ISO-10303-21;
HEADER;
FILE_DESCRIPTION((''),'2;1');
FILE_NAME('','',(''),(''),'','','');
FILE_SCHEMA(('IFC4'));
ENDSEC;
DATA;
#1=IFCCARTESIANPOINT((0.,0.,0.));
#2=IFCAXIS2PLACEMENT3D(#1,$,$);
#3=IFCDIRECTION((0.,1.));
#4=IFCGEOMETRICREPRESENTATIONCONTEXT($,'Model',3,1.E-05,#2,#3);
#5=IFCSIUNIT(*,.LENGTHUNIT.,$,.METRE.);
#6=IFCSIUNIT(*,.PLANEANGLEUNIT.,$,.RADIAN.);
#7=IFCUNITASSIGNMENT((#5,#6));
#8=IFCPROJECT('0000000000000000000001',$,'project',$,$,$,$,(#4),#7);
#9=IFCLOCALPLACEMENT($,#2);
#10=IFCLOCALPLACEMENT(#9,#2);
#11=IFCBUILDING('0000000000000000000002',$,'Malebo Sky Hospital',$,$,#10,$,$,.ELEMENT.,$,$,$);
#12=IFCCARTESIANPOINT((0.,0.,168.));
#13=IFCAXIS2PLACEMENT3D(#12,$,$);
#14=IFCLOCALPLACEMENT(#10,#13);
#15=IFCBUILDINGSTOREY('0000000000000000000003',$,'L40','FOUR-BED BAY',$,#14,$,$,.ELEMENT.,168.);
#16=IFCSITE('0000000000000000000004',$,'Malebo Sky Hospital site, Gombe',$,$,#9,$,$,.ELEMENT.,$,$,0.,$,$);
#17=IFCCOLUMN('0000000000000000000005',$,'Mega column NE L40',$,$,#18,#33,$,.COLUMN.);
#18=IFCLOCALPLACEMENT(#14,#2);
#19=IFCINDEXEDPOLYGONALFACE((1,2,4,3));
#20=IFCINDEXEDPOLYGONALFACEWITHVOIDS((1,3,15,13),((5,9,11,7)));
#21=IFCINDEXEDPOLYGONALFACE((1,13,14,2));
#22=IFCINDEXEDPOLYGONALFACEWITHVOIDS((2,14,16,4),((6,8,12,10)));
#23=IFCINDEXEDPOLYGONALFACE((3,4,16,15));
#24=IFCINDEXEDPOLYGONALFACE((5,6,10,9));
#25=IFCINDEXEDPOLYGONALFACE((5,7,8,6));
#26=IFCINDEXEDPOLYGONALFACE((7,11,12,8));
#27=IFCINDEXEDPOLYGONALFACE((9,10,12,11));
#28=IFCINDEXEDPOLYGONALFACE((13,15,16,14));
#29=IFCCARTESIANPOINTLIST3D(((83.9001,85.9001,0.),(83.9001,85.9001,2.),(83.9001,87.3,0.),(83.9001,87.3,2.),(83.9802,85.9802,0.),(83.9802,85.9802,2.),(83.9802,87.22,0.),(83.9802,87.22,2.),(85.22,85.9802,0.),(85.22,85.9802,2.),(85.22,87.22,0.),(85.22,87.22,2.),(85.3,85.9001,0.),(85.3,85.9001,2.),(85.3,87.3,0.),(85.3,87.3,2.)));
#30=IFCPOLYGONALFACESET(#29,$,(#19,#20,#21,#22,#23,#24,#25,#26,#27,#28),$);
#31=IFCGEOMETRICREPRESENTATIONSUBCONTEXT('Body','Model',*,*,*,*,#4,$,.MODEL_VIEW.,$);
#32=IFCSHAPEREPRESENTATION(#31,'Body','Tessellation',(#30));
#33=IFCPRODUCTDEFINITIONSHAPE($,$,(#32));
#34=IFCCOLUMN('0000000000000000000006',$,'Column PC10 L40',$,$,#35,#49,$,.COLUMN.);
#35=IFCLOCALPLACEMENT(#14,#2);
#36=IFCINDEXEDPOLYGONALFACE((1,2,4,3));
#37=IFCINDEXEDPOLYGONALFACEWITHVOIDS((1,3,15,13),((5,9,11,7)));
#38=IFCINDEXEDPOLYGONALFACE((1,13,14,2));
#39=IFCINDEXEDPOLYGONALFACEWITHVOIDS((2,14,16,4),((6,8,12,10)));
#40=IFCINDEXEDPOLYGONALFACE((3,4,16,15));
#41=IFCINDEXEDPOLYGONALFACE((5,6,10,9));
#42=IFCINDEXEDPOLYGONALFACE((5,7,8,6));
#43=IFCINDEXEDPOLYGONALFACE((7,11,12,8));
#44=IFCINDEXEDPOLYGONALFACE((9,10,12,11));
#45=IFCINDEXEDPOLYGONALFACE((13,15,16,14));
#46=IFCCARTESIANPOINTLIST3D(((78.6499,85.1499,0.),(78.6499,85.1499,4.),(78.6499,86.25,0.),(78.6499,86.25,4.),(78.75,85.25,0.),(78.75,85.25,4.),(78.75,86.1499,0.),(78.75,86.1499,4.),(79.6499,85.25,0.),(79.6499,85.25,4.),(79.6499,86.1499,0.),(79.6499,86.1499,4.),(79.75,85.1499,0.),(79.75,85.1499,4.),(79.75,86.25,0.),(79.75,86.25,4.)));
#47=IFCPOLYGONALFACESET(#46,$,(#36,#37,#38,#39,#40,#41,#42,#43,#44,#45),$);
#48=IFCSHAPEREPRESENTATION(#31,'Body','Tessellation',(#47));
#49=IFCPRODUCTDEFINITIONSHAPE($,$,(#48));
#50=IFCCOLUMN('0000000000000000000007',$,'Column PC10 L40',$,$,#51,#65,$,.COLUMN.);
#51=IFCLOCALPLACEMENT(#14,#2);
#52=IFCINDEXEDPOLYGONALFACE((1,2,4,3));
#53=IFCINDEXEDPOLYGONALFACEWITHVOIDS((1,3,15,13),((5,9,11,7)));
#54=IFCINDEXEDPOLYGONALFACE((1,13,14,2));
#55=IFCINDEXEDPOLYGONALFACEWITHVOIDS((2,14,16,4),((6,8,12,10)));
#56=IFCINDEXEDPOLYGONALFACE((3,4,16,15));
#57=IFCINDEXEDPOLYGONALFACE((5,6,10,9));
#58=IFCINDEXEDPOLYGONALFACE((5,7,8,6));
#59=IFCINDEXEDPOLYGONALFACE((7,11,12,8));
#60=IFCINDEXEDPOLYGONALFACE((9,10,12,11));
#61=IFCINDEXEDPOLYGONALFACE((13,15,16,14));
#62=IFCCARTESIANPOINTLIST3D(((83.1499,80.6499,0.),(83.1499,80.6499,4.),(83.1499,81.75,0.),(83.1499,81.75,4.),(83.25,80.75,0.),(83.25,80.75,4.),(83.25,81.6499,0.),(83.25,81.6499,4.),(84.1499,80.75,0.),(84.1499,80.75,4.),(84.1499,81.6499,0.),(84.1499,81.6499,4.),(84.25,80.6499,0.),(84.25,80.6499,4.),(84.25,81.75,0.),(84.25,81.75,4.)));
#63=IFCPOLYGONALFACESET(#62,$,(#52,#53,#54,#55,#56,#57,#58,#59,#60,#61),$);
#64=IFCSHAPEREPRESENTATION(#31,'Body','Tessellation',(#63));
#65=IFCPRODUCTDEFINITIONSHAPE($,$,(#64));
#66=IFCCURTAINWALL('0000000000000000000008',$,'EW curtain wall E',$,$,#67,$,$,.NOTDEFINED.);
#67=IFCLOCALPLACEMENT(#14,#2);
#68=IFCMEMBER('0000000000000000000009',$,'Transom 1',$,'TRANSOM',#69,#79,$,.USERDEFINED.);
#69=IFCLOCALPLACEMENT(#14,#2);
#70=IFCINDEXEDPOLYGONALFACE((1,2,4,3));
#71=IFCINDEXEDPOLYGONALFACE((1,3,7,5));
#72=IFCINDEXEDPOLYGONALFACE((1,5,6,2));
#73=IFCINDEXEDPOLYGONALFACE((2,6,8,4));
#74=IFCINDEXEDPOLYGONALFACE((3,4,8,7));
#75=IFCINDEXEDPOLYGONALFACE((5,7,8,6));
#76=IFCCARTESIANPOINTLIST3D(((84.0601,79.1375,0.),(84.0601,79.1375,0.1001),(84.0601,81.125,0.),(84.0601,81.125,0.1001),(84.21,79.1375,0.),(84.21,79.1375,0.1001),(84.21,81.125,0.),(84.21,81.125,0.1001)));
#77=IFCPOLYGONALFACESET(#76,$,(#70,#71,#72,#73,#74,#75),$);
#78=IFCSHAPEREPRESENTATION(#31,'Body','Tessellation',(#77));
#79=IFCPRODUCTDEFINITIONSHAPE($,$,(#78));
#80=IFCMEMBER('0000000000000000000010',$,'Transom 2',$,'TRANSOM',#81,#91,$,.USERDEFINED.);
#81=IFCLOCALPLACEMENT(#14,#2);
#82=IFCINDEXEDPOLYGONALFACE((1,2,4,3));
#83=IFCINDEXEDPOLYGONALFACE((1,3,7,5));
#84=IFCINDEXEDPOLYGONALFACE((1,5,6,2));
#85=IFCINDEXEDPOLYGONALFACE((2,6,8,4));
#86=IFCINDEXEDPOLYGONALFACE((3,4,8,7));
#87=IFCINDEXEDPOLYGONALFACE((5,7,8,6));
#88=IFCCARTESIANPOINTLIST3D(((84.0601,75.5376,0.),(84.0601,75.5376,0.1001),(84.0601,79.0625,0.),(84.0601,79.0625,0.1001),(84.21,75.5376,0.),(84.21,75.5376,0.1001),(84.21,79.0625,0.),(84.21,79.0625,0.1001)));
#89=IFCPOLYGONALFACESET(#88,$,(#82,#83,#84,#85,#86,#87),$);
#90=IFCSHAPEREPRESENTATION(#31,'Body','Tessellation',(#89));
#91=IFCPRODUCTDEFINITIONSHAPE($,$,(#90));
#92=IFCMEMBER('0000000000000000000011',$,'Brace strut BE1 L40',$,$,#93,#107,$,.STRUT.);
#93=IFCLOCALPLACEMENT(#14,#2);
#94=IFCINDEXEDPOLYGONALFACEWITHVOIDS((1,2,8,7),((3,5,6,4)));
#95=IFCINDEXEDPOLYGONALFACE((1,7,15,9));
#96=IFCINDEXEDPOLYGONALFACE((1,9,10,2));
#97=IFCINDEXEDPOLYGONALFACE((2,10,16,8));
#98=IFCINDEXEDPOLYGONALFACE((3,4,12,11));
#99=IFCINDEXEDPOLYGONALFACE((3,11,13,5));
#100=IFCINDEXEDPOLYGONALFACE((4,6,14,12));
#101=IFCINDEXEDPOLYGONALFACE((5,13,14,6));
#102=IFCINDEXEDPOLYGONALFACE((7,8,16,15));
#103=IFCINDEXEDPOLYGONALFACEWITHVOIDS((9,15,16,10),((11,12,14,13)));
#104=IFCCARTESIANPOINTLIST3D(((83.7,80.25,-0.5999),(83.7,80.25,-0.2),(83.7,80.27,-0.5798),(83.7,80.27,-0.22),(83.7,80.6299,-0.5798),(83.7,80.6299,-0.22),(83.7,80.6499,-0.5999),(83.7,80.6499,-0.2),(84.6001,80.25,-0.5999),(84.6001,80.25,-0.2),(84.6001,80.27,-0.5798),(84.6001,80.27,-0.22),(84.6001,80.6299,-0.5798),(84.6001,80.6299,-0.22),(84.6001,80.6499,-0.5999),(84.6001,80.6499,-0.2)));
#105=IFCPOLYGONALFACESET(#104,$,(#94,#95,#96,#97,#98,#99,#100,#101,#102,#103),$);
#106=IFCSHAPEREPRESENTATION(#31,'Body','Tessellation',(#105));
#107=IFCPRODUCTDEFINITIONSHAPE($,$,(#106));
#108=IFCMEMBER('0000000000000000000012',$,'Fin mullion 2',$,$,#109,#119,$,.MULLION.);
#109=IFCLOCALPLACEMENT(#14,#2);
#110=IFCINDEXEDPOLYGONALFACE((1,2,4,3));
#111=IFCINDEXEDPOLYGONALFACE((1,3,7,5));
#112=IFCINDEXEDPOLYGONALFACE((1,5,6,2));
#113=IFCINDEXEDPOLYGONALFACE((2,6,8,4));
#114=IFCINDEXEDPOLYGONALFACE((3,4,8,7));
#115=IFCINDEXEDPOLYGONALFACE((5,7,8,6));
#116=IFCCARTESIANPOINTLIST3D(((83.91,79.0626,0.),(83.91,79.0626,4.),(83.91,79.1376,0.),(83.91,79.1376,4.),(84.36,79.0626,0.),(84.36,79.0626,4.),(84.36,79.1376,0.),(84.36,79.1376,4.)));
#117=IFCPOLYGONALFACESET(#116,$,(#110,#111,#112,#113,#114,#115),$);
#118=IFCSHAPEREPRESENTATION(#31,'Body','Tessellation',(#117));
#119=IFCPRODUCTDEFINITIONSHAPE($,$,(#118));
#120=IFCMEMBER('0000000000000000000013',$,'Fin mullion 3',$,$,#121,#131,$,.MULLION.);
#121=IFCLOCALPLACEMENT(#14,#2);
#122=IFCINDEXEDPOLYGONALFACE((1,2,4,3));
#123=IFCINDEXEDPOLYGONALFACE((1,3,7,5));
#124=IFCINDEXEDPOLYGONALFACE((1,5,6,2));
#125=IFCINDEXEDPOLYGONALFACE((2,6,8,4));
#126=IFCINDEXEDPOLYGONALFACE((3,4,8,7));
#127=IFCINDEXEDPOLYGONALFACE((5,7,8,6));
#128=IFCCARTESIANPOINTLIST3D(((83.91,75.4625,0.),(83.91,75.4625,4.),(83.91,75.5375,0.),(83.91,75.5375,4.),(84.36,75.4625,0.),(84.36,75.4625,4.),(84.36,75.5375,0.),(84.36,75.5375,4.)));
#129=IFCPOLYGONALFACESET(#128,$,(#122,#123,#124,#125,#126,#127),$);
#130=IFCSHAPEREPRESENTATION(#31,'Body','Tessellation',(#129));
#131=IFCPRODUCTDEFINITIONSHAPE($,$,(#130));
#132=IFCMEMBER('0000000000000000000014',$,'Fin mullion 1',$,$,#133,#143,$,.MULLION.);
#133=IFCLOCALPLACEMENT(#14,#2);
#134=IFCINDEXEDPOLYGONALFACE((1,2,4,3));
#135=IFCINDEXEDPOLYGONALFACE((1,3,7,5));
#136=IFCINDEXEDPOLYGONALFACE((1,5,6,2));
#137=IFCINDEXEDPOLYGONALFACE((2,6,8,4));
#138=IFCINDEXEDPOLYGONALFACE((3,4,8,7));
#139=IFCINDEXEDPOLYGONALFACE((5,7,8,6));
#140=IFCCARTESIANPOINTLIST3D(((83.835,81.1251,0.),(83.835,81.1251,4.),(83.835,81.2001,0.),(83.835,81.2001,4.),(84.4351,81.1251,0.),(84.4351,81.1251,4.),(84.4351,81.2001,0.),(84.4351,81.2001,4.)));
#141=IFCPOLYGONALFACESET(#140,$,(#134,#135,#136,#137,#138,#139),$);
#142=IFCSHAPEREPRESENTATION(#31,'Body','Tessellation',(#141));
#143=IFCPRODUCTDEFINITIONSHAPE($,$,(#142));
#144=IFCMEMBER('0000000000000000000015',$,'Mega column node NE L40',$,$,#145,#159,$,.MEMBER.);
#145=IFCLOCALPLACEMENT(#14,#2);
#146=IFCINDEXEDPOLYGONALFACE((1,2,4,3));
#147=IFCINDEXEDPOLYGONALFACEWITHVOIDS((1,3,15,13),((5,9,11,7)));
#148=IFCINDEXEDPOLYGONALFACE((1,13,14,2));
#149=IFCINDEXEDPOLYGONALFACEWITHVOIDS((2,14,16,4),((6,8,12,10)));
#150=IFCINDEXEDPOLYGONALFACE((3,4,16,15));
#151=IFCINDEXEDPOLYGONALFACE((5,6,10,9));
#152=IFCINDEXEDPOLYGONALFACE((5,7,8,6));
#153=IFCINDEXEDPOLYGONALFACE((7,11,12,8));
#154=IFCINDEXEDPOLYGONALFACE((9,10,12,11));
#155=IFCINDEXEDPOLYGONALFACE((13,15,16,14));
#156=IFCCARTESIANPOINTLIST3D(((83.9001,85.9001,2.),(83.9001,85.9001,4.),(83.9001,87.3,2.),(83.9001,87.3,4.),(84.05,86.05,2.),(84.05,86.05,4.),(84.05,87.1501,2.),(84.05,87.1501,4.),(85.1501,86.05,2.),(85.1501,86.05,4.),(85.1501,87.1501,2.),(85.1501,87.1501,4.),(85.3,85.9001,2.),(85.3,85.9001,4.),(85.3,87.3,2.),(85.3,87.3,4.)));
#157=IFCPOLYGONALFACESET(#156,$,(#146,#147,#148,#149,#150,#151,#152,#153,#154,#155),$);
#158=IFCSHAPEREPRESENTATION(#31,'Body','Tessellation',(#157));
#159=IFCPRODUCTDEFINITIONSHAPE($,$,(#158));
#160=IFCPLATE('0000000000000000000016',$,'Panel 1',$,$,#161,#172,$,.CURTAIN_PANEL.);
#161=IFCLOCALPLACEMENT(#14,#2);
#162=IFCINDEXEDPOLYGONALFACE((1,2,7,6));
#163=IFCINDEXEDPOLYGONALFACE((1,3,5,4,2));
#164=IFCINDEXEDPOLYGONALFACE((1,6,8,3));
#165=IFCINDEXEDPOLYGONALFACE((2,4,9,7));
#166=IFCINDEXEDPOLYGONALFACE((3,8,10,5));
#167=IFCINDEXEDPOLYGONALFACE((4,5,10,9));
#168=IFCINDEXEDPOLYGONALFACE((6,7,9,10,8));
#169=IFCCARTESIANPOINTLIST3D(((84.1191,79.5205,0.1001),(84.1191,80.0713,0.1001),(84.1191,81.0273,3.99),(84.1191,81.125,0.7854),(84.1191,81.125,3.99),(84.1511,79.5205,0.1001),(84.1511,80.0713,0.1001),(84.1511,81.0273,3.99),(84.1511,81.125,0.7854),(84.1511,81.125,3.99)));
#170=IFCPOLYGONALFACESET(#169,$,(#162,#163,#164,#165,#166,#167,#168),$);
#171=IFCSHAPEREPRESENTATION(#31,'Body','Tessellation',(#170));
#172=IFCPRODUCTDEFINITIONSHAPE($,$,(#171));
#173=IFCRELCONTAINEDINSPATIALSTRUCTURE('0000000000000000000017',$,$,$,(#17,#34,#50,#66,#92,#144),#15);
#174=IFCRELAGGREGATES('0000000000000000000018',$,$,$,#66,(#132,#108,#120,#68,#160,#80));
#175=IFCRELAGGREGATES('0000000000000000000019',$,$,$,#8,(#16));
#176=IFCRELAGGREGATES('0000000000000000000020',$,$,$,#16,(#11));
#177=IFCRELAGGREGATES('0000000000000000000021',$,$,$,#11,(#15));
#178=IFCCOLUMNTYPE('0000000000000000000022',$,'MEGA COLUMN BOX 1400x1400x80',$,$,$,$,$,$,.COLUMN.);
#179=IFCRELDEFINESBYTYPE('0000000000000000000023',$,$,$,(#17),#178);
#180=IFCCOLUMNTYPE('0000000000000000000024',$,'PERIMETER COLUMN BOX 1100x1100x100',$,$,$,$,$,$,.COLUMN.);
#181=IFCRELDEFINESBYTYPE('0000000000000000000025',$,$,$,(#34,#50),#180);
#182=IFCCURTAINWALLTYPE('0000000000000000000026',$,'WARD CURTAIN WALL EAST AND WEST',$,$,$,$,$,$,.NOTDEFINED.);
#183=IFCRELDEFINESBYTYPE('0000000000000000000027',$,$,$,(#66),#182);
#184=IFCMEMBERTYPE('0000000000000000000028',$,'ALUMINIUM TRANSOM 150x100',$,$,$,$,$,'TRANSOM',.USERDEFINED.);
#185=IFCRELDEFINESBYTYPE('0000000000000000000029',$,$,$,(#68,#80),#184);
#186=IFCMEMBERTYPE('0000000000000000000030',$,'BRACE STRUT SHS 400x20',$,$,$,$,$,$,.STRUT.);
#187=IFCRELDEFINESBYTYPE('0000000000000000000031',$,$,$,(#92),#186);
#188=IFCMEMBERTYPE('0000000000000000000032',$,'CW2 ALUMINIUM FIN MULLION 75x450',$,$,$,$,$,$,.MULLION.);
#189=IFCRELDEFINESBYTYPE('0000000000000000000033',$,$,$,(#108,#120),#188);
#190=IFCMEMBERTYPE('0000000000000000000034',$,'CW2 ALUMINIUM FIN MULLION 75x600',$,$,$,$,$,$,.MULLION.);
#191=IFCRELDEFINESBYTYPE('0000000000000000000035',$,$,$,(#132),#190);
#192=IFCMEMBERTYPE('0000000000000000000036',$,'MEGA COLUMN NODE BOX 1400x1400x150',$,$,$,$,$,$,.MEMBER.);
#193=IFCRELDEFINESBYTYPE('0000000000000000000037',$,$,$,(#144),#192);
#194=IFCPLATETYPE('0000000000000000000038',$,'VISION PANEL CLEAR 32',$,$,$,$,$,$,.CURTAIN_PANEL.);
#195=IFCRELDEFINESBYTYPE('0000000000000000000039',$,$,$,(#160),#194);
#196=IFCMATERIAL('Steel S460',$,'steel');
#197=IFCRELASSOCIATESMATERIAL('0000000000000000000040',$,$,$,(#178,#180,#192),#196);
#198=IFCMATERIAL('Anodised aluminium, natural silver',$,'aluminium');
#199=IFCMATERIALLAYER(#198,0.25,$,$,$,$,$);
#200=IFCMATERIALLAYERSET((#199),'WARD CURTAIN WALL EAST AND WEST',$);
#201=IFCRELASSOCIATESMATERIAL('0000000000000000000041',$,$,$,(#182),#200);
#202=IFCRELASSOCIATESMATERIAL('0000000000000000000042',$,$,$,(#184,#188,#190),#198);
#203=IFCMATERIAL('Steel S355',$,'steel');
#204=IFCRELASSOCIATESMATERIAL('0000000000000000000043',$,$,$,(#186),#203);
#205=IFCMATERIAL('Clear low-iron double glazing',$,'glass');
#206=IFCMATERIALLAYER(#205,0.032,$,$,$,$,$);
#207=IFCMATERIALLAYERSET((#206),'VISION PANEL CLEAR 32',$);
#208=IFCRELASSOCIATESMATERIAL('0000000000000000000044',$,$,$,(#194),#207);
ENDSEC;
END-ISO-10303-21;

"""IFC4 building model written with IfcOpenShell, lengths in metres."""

from ifc_helpers import new_model, si_unit, direction, frame, origin, origin_2d, place, context, subcontext, project, spatial, polyline, rectangle, hollow_rectangle, outline, extrude, material, layer, layer_set, material_profile, profile_set, type_object, element, aggregate, save


model = new_model("IFC4")

# Units and contexts
model_context = context("Model", 3, precision=1e-05, world=origin(), true_north=direction((0.0, 1.0)))
body_context = subcontext(model_context, "Body", "Model", "MODEL_VIEW")
ifc_project = project(units=[si_unit("LENGTHUNIT", "METRE"), si_unit("PLANEANGLEUNIT", "RADIAN")], contexts=[model_context])

# Site, building, storey
site_placement = place(None, origin())
site = spatial("IfcSite", under=ifc_project, at=site_placement, Name="Malebo Sky Hospital site, Gombe", CompositionType="ELEMENT", RefElevation=0.0)
building_placement = place(site_placement, origin())
building = spatial("IfcBuilding", under=site, at=building_placement, Name="Malebo Sky Hospital", CompositionType="ELEMENT")
storey_placement = place(building_placement, frame((0.0, 0.0, 168.0)))
storey = spatial("IfcBuildingStorey", under=building, at=storey_placement, Name="L40", Description="FOUR-BED BAY", CompositionType="ELEMENT", Elevation=168.0)

# Columns
ifc_material_1 = material(Name="Steel S460", Category="steel")
ifc_material_profile_1 = material_profile(ifc_material_1, hollow_rectangle(XDim=1.3999, YDim=1.3999, WallThickness=0.0801, at=origin_2d()), Name="BOX 1400x1400x80")
ifc_profile_set_1 = profile_set([ifc_material_profile_1], Name="Steel S460")
column_type_1 = type_object("IfcColumnType", Name="MEGA COLUMN BOX 1400x1400x80", PredefinedType="COLUMN", material=ifc_profile_set_1)
column_placement = place(storey_placement, frame((84.6001, 86.6001, 0.0), z_axis=(0.0, 0.0, 1.0), x_axis=(1.0, 0.0, 0.0)))
element("IfcColumn", 1, at=column_placement, inside=storey, type_object=column_type_1, Name="Mega column NE L40", PredefinedType="COLUMN", context=body_context, shape_type="SweptSolid", body=[
    extrude(hollow_rectangle(XDim=1.3999, YDim=1.3999, WallThickness=0.0801, at=origin_2d()), origin(), (0.0, 0.0, 1.0), 2.0),
])
ifc_material_profile_2 = material_profile(ifc_material_1, hollow_rectangle(XDim=1.1001, YDim=1.1001, WallThickness=0.1001, at=origin_2d()), Name="BOX 1100x1100x100")
ifc_profile_set_2 = profile_set([ifc_material_profile_2], Name="Steel S460")
column_type_2 = type_object("IfcColumnType", Name="PERIMETER COLUMN BOX 1100x1100x100", PredefinedType="COLUMN", material=ifc_profile_set_2)
for number, where, z_axis, x_axis, name in (
    (2, (79.2, 85.7, 0.0), (0.0, 0.0, 1.0), (1.0, 0.0, 0.0), "Column PC10 L40"),
    (3, (83.7, 81.2, 0.0), (0.0, 0.0, 1.0), (1.0, 0.0, 0.0), "Column PC10 L40"),
):
    element("IfcColumn", number, at=place(storey_placement, frame(where, z_axis=z_axis, x_axis=x_axis)), inside=storey, type_object=column_type_2, Name=name, PredefinedType="COLUMN", context=body_context, shape_type="SweptSolid", body=[
        extrude(hollow_rectangle(XDim=1.1001, YDim=1.1001, WallThickness=0.1001, at=origin_2d()), origin(), (0.0, 0.0, 1.0), 4.0),
    ])

# Curtain wall, members
ifc_material_2 = material(Name="Anodised aluminium, natural silver", Category="aluminium")
ifc_layer_1 = layer(ifc_material_2, 0.25)
ifc_layer_set_1 = layer_set([ifc_layer_1], Name="WARD CURTAIN WALL EAST AND WEST")
curtain_wall_type = type_object("IfcCurtainWallType", Name="WARD CURTAIN WALL EAST AND WEST", PredefinedType="NOTDEFINED", material=ifc_layer_set_1)
curtain_wall_placement = place(storey_placement, origin())
curtain_wall = element("IfcCurtainWall", 4, at=curtain_wall_placement, inside=storey, type_object=curtain_wall_type, Name="EW curtain wall E", PredefinedType="NOTDEFINED")
ifc_material_profile_3 = material_profile(ifc_material_2, rectangle(XDim=0.1499, YDim=0.1001, at=origin_2d()), Name="ALUMINIUM TRANSOM 150x100")
ifc_profile_set_3 = profile_set([ifc_material_profile_3], Name="Anodised aluminium, natural silver")
member_type_1 = type_object("IfcMemberType", Name="ALUMINIUM TRANSOM 150x100", ElementType="TRANSOM", PredefinedType="USERDEFINED", material=ifc_profile_set_3)
member_1_placement = place(storey_placement, frame((84.135, 81.125, 0.05), z_axis=(0.0, -1.0, 0.0), x_axis=(1.0, 0.0, 0.0)))
member_1 = element("IfcMember", 5, at=member_1_placement, type_object=member_type_1, Name="Transom 1", ObjectType="TRANSOM", PredefinedType="USERDEFINED", context=body_context, shape_type="SweptSolid", body=[
    extrude(rectangle(XDim=0.1499, YDim=0.1001, at=origin_2d()), origin(), (0.0, 0.0, 1.0), 1.9875),
])
member_2_placement = place(storey_placement, frame((84.135, 79.0625, 0.05), z_axis=(0.0, -1.0, 0.0), x_axis=(1.0, 0.0, 0.0)))
member_2 = element("IfcMember", 6, at=member_2_placement, type_object=member_type_1, Name="Transom 2", ObjectType="TRANSOM", PredefinedType="USERDEFINED", context=body_context, shape_type="SweptSolid", body=[
    extrude(rectangle(XDim=0.1499, YDim=0.1001, at=origin_2d()), origin(), (0.0, 0.0, 1.0), 3.5249),
])

# Members
ifc_material_3 = material(Name="Steel S355", Category="steel")
ifc_material_profile_4 = material_profile(ifc_material_3, hollow_rectangle(XDim=0.3999, YDim=0.3999, WallThickness=0.02, at=origin_2d()), Name="SHS 400x20")
ifc_profile_set_4 = profile_set([ifc_material_profile_4], Name="Steel S355")
member_type_2 = type_object("IfcMemberType", Name="BRACE STRUT SHS 400x20", PredefinedType="STRUT", material=ifc_profile_set_4)
member_3_placement = place(storey_placement, frame((84.6001, 80.45, -0.3999), z_axis=(-1.0, 0.0, 0.0), x_axis=(0.0, -1.0, 0.0)))
element("IfcMember", 7, at=member_3_placement, inside=storey, type_object=member_type_2, Name="Brace strut BE1 L40", PredefinedType="STRUT", context=body_context, shape_type="SweptSolid", body=[
    extrude(hollow_rectangle(XDim=0.3999, YDim=0.3999, WallThickness=0.02, at=origin_2d()), origin(), (0.0, 0.0, 1.0), 0.9001),
])
ifc_material_profile_5 = material_profile(ifc_material_2, rectangle(XDim=0.075, YDim=0.45, at=origin_2d()), Name="CW2 ALUMINIUM FIN MULLION 75x450")
ifc_profile_set_5 = profile_set([ifc_material_profile_5], Name="Anodised aluminium, natural silver")
member_type_3 = type_object("IfcMemberType", Name="CW2 ALUMINIUM FIN MULLION 75x450", PredefinedType="MULLION", material=ifc_profile_set_5)
member_4_placement = place(storey_placement, frame((84.135, 79.1001, 0.0), z_axis=(0.0, 0.0, 1.0), x_axis=(0.0, -1.0, 0.0)))
member_4 = element("IfcMember", 8, at=member_4_placement, type_object=member_type_3, Name="Fin mullion 2", PredefinedType="MULLION", context=body_context, shape_type="SweptSolid", body=[
    extrude(rectangle(XDim=0.075, YDim=0.45, at=origin_2d()), origin(), (0.0, 0.0, 1.0), 4.0),
])
member_5_placement = place(storey_placement, frame((84.135, 75.5, 0.0), z_axis=(0.0, 0.0, 1.0), x_axis=(0.0, -1.0, 0.0)))
member_5 = element("IfcMember", 9, at=member_5_placement, type_object=member_type_3, Name="Fin mullion 3", PredefinedType="MULLION", context=body_context, shape_type="SweptSolid", body=[
    extrude(rectangle(XDim=0.075, YDim=0.45, at=origin_2d()), origin(), (0.0, 0.0, 1.0), 4.0),
])
ifc_material_profile_6 = material_profile(ifc_material_2, rectangle(XDim=0.075, YDim=0.6001, at=origin_2d()), Name="CW2 ALUMINIUM FIN MULLION 75x600")
ifc_profile_set_6 = profile_set([ifc_material_profile_6], Name="Anodised aluminium, natural silver")
member_type_4 = type_object("IfcMemberType", Name="CW2 ALUMINIUM FIN MULLION 75x600", PredefinedType="MULLION", material=ifc_profile_set_6)
member_6_placement = place(storey_placement, frame((84.135, 81.1626, 0.0), z_axis=(0.0, 0.0, 1.0), x_axis=(0.0, -1.0, 0.0)))
member_6 = element("IfcMember", 10, at=member_6_placement, type_object=member_type_4, Name="Fin mullion 1", PredefinedType="MULLION", context=body_context, shape_type="SweptSolid", body=[
    extrude(rectangle(XDim=0.075, YDim=0.6001, at=origin_2d()), origin(), (0.0, 0.0, 1.0), 4.0),
])
ifc_material_profile_7 = material_profile(ifc_material_1, hollow_rectangle(XDim=1.3999, YDim=1.3999, WallThickness=0.1499, at=origin_2d()), Name="BOX 1400x1400x150")
ifc_profile_set_7 = profile_set([ifc_material_profile_7], Name="Steel S460")
member_type_5 = type_object("IfcMemberType", Name="MEGA COLUMN NODE BOX 1400x1400x150", PredefinedType="MEMBER", material=ifc_profile_set_7)
member_7_placement = place(storey_placement, frame((84.6001, 86.6001, 2.0), z_axis=(0.0, 0.0, 1.0), x_axis=(1.0, 0.0, 0.0)))
element("IfcMember", 11, at=member_7_placement, inside=storey, type_object=member_type_5, Name="Mega column node NE L40", PredefinedType="MEMBER", context=body_context, shape_type="SweptSolid", body=[
    extrude(hollow_rectangle(XDim=1.3999, YDim=1.3999, WallThickness=0.1499, at=origin_2d()), origin(), (0.0, 0.0, 1.0), 2.0),
])

# Plate
ifc_material_4 = material(Name="Clear low-iron double glazing", Category="glass")
ifc_layer_2 = layer(ifc_material_4, 0.032)
ifc_layer_set_2 = layer_set([ifc_layer_2], Name="VISION PANEL CLEAR 32")
plate_type = type_object("IfcPlateType", Name="VISION PANEL CLEAR 32", PredefinedType="CURTAIN_PANEL", material=ifc_layer_set_2)
plate_1_placement = place(storey_placement, frame((84.135, 80.3228, 0.1001), z_axis=(0.0, 0.0, 1.0), x_axis=(0.0, -1.0, 0.0)))
plate_1 = element("IfcPlate", 12, at=plate_1_placement, type_object=plate_type, Name="Panel 1", PredefinedType="CURTAIN_PANEL", context=body_context, shape_type="SweptSolid", body=[
    extrude(outline(polyline([(0.2515, 0.0), (0.8022, 0.0), (-0.7046, 3.8899), (-0.8022, 3.8899), (-0.8022, 0.6853), (0.2515, 0.0)])), frame((0.0, 0.0161, 0.0), z_axis=(0.0, -1.0, 0.0), x_axis=(1.0, 0.0, 0.0)), (0.0, 0.0, 1.0), 0.032),
])
aggregate(curtain_wall, [member_6, member_4, member_5, member_1, plate_1, member_2])

save(model, "model.ifc")
